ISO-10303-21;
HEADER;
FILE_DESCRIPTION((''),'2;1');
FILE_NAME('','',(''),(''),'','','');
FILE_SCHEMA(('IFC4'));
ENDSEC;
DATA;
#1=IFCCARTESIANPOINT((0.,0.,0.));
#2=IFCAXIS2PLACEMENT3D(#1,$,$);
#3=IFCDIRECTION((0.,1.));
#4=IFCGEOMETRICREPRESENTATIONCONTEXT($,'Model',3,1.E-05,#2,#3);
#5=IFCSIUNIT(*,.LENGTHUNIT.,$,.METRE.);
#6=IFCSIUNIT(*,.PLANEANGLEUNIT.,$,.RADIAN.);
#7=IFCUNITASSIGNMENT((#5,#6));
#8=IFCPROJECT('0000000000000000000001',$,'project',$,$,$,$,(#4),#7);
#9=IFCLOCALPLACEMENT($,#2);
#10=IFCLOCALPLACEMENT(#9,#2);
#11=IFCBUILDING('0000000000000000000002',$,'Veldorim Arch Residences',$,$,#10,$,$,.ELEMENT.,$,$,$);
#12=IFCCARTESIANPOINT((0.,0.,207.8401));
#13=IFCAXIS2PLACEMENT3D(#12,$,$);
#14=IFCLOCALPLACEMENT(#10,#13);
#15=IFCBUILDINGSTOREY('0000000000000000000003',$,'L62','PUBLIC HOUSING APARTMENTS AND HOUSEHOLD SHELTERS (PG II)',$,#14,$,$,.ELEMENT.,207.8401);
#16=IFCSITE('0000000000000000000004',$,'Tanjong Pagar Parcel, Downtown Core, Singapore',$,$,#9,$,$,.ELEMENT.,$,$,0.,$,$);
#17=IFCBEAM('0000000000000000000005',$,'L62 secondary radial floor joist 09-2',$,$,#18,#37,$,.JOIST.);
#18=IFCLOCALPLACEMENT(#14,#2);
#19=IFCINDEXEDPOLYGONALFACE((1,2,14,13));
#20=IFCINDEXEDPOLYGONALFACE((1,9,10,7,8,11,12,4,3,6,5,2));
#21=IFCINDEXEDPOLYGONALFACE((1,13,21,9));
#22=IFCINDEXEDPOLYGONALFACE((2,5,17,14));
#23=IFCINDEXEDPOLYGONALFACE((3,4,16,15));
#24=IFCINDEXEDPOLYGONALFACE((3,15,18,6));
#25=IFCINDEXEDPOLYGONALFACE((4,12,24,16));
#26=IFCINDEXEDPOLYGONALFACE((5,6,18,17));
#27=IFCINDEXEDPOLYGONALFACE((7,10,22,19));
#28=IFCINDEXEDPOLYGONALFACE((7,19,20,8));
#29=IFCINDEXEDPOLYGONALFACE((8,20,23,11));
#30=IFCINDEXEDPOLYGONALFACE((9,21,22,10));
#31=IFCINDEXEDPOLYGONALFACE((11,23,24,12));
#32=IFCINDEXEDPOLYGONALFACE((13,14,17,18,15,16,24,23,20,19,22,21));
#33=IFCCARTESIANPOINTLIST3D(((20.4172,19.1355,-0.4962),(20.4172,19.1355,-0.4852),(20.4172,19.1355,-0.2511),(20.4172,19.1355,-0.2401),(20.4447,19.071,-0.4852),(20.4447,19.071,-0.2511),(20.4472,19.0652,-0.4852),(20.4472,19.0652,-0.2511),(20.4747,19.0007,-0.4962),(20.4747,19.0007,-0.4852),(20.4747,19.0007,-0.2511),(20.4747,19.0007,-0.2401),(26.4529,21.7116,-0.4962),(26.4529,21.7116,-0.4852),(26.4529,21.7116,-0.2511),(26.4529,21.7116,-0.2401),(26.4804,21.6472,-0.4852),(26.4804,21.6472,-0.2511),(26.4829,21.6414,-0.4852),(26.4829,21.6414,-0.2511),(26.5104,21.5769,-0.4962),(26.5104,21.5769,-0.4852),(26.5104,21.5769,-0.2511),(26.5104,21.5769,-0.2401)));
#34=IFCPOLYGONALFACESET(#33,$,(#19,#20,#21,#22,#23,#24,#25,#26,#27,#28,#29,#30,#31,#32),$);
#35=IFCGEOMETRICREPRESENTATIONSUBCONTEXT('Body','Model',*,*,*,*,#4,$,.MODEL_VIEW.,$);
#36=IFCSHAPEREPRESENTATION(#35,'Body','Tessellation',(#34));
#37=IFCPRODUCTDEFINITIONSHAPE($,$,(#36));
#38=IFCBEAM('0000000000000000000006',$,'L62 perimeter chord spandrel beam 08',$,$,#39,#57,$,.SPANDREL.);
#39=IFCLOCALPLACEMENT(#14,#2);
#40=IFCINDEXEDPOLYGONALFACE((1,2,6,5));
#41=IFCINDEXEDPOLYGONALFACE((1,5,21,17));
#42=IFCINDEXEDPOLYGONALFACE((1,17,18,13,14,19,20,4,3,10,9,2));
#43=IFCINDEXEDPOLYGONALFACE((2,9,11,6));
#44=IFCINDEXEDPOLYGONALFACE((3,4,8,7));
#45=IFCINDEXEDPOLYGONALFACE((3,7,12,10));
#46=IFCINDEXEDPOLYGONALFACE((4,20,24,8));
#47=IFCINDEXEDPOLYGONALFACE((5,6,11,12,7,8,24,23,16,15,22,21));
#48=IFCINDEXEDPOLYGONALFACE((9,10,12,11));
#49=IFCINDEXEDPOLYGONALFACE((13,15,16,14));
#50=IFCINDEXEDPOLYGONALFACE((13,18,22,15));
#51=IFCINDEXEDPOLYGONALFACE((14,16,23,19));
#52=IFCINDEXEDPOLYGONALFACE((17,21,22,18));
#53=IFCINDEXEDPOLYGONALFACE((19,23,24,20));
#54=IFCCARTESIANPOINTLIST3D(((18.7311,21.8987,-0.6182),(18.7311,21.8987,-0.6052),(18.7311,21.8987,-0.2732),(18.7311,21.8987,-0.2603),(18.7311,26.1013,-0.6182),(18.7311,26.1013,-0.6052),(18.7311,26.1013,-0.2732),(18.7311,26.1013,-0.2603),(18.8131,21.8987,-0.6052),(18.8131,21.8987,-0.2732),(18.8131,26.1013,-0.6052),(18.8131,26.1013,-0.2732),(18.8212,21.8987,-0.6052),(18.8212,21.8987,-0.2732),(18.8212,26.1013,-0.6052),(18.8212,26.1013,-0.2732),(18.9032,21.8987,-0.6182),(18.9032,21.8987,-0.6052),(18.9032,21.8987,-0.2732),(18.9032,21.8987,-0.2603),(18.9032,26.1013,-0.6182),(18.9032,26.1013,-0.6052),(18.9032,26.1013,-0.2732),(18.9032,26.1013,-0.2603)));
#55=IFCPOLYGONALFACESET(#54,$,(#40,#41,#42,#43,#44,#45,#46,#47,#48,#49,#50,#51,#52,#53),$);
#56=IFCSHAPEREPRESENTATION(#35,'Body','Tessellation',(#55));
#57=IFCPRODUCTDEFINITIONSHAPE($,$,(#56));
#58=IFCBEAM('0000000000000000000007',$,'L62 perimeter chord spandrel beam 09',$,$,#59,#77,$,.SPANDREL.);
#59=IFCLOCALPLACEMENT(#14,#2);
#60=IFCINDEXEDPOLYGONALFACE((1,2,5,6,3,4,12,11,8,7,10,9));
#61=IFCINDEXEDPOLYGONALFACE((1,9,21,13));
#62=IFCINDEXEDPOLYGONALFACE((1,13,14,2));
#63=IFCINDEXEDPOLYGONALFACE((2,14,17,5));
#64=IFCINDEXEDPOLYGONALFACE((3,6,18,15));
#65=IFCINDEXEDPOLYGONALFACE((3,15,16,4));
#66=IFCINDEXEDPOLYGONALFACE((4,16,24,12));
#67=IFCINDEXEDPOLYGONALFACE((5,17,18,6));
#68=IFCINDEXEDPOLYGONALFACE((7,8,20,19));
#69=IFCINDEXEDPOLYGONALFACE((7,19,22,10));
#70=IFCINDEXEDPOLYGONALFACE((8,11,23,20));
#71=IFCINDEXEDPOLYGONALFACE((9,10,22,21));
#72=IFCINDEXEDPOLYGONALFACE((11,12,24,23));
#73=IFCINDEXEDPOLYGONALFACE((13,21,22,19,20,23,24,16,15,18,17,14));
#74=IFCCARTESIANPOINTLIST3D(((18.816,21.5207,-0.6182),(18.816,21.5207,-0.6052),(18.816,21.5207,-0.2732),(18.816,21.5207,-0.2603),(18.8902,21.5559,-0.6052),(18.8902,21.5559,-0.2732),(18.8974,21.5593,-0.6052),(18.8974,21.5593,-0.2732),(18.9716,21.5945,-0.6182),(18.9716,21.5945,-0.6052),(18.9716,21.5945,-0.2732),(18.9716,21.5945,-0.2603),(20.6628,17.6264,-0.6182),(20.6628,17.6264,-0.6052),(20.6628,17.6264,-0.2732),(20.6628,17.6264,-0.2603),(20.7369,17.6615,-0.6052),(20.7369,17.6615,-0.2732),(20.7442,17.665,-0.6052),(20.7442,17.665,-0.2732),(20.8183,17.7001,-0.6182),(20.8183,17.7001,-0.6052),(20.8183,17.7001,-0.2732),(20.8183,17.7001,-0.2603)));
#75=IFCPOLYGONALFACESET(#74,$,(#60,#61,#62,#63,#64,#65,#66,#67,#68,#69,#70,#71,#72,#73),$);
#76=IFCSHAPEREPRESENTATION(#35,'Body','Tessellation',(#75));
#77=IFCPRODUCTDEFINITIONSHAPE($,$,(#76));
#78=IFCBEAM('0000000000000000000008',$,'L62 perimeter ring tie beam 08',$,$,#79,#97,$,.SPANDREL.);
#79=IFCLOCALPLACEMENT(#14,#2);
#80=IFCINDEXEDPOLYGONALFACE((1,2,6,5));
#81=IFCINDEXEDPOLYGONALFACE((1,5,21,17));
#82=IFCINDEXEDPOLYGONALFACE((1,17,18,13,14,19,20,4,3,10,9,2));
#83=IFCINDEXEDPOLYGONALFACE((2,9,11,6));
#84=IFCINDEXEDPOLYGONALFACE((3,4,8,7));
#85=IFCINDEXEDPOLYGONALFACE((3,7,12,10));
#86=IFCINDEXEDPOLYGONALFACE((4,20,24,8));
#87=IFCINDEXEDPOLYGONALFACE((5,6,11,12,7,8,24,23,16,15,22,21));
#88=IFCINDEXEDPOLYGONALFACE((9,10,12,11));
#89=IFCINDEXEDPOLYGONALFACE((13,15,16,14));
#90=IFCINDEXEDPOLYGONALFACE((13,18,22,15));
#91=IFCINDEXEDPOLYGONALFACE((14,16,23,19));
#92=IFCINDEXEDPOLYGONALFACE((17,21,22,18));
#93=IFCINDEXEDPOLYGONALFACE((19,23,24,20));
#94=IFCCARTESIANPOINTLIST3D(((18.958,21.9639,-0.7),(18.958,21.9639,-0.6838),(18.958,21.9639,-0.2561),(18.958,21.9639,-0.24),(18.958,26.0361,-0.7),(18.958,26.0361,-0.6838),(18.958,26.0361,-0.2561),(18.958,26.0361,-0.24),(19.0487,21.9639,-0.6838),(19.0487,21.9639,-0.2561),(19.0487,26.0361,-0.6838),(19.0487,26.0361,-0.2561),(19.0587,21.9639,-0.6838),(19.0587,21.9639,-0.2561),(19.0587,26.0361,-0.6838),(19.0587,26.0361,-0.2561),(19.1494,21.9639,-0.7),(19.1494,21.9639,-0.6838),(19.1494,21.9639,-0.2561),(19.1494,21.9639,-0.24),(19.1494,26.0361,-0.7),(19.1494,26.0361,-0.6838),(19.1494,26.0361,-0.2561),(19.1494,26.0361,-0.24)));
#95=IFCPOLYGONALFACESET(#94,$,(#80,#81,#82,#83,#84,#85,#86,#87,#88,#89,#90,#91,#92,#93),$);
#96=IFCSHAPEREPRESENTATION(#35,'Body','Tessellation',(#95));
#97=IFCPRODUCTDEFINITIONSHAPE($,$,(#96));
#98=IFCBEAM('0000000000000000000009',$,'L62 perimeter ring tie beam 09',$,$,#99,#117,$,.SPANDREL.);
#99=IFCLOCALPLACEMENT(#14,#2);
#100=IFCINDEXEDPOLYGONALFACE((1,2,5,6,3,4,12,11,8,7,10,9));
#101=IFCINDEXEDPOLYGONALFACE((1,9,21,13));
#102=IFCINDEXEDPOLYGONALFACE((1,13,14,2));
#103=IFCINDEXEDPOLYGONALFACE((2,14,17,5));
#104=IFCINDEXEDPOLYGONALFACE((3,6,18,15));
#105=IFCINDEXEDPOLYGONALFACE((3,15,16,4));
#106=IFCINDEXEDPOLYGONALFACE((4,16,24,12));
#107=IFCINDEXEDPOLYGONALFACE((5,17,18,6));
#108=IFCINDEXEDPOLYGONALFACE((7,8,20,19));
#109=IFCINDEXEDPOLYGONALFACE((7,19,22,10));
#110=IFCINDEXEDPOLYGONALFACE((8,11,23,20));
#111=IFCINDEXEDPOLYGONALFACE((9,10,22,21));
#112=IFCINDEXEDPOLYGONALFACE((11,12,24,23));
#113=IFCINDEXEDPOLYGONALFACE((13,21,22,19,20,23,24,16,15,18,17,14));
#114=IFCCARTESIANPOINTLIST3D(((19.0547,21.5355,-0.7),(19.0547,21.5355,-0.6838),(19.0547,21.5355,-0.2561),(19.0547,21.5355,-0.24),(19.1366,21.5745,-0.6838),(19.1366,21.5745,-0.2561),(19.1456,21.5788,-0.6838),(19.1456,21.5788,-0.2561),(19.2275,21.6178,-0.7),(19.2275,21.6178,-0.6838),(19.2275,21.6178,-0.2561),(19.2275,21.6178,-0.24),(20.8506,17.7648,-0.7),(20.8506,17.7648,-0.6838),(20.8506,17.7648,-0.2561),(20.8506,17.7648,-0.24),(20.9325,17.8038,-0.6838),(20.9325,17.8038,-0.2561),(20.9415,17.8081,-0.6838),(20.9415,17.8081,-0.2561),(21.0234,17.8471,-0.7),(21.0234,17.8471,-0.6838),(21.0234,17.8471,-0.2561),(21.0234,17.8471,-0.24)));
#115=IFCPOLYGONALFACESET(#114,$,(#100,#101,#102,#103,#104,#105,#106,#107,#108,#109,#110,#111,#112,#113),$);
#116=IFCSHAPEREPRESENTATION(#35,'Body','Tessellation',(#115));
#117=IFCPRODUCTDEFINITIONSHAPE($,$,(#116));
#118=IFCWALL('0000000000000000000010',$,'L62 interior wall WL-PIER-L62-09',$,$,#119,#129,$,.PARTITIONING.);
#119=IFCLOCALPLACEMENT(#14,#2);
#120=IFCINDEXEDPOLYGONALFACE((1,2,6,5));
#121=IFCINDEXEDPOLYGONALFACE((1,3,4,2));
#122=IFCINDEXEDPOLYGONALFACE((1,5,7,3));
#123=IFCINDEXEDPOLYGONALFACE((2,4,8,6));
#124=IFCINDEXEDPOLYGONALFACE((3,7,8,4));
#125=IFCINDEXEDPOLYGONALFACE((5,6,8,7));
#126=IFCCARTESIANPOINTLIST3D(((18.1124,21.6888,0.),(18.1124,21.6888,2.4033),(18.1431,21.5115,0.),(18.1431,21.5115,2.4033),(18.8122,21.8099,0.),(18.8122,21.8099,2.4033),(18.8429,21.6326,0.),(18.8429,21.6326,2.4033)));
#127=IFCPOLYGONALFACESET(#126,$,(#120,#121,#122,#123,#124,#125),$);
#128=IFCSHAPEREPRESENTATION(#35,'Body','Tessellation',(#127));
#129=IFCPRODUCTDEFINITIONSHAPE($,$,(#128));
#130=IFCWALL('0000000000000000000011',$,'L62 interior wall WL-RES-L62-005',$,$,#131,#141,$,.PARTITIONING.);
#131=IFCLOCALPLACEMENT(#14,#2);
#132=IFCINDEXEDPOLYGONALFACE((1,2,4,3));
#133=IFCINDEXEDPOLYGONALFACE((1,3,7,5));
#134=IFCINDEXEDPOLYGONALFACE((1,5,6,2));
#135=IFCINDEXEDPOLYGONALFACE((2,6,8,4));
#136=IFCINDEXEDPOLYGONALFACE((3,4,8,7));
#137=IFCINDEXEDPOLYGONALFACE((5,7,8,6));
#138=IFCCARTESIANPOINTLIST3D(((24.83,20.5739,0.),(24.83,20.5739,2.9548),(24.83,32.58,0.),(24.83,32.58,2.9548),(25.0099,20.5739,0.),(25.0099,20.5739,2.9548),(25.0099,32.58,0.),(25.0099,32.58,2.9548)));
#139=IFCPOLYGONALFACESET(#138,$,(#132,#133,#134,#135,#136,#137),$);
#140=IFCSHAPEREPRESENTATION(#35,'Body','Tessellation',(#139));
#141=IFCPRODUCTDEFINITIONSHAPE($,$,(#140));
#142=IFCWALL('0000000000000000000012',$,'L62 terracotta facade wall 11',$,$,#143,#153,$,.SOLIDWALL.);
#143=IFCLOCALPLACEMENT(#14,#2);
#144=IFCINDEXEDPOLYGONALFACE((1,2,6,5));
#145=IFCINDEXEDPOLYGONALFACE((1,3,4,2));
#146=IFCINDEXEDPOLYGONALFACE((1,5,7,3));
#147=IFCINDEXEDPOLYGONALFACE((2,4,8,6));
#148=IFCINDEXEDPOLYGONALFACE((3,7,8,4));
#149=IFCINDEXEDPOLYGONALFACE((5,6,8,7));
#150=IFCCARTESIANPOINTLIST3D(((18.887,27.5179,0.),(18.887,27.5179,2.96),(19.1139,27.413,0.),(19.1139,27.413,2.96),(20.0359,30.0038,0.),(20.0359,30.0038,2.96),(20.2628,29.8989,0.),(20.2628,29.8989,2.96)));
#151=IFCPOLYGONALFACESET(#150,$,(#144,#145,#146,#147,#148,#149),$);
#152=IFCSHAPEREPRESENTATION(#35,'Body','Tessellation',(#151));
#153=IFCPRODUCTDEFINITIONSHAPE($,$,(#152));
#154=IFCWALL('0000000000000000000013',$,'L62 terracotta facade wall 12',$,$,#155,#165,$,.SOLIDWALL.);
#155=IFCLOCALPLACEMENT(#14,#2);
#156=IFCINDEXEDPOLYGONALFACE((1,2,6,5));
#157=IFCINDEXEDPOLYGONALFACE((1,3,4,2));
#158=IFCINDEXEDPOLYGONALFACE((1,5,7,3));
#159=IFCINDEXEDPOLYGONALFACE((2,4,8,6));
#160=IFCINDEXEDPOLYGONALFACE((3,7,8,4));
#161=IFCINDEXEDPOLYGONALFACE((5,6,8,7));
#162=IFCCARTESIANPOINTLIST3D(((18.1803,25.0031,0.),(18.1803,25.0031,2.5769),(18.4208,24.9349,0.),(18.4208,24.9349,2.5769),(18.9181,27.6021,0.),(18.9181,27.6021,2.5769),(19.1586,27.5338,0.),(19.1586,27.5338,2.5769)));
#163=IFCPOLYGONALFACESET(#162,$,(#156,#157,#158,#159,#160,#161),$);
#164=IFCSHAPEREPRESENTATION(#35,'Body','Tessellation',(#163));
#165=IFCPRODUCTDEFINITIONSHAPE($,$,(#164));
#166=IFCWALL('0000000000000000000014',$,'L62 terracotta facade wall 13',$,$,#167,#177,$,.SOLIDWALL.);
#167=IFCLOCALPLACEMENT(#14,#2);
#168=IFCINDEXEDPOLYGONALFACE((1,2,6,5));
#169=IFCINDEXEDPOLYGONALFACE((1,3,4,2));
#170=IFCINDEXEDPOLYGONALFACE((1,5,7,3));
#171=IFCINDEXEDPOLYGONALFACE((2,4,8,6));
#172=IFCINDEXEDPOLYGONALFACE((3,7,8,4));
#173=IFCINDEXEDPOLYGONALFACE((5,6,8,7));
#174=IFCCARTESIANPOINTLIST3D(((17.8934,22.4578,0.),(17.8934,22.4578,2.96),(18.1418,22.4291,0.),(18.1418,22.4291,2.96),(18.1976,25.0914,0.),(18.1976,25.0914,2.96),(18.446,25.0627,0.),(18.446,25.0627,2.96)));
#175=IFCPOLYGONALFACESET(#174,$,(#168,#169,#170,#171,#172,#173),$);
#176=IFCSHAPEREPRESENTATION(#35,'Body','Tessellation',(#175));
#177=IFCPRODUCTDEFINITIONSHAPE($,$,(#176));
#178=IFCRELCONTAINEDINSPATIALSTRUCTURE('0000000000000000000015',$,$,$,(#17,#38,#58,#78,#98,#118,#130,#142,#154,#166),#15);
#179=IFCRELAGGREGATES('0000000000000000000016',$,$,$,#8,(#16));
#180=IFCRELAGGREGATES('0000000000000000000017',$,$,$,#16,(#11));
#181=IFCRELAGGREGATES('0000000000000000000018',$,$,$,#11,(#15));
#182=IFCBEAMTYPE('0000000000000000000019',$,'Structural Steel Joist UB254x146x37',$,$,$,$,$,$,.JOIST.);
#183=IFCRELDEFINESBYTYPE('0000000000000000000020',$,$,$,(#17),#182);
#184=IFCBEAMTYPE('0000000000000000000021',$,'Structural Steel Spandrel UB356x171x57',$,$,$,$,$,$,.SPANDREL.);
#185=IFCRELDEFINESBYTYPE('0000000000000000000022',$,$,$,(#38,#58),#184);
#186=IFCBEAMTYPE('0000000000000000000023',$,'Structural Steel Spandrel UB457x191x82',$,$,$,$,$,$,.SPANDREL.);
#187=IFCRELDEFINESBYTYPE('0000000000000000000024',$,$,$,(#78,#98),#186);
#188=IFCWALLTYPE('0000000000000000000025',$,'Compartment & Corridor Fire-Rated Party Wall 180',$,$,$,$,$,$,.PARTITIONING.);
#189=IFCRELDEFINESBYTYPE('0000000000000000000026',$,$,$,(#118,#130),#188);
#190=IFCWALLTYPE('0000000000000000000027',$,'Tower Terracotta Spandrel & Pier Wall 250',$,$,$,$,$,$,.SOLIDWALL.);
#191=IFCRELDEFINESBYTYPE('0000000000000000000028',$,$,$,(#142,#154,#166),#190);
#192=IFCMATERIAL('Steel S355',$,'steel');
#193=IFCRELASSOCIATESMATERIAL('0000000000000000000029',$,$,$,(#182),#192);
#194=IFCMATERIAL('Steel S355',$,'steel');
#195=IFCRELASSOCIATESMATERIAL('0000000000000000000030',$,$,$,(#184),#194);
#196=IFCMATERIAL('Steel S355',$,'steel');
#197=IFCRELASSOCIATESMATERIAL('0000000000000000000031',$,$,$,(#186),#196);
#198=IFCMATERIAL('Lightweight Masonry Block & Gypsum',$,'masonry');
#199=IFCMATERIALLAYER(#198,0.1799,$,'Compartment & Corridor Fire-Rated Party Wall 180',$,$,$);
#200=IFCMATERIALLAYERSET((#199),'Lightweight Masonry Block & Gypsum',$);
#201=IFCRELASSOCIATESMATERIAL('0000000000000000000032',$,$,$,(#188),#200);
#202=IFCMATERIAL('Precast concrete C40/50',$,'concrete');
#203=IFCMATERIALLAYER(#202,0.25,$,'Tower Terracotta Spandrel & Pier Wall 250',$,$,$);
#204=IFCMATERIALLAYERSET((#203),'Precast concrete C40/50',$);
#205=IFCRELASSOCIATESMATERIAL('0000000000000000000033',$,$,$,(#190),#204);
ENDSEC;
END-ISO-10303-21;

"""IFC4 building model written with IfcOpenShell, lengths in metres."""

from ifc_helpers import new_model, si_unit, direction, frame, frame_2d, origin, origin_2d, place, context, subcontext, project, spatial, rectangle, i_section, extrude, material, layer, layer_set, material_profile, profile_set, type_object, element, save


model = new_model("IFC4")

# Units and contexts
model_context = context("Model", 3, precision=1e-05, world=origin(), true_north=direction((0.0, 1.0)))
body_context = subcontext(model_context, "Body", "Model", "MODEL_VIEW")
ifc_project = project(units=[si_unit("LENGTHUNIT", "METRE"), si_unit("PLANEANGLEUNIT", "RADIAN")], contexts=[model_context])

# Site, building, storey
site_placement = place(None, origin())
site = spatial("IfcSite", under=ifc_project, at=site_placement, Name="Tanjong Pagar Parcel, Downtown Core, Singapore", CompositionType="ELEMENT", RefElevation=0.0)
building_placement = place(site_placement, origin())
building = spatial("IfcBuilding", under=site, at=building_placement, Name="Veldorim Arch Residences", CompositionType="ELEMENT")
storey_placement = place(building_placement, frame((0.0, 0.0, 207.8401)))
storey = spatial("IfcBuildingStorey", under=building, at=storey_placement, Name="L62", Description="PUBLIC HOUSING APARTMENTS AND HOUSEHOLD SHELTERS (PG II)", CompositionType="ELEMENT", Elevation=207.8401)

# Beams
ifc_material_1 = material(Name="Steel S355", Category="steel")
ifc_material_profile_1 = material_profile(ifc_material_1, i_section(OverallWidth=0.1465, OverallDepth=0.2561, WebThickness=0.0063, FlangeThickness=0.011, at=origin_2d()), Name="UB254x146x37")
ifc_profile_set_1 = profile_set([ifc_material_profile_1], Name="Steel S355")
beam_type_1 = type_object("IfcBeamType", Name="Structural Steel Joist UB254x146x37", PredefinedType="JOIST", material=ifc_profile_set_1)
beam_1_placement = place(storey_placement, frame((26.4817, 21.6443, -0.3682), z_axis=(-0.919725, -0.392563, 0.0), x_axis=(0.392563, -0.919725, 0.0)))
element("IfcBeam", 1, at=beam_1_placement, inside=storey, type_object=beam_type_1, Name="L62 secondary radial floor joist 09-2", PredefinedType="JOIST", context=body_context, shape_type="SweptSolid", body=[
    extrude(i_section(OverallWidth=0.1465, OverallDepth=0.2561, WebThickness=0.0063, FlangeThickness=0.011, at=origin_2d()), origin(), (0.0, 0.0, 1.0), 6.5625),
])
ifc_material_2 = material(Name="Steel S355", Category="steel")
ifc_material_profile_2 = material_profile(ifc_material_2, i_section(OverallWidth=0.1721, OverallDepth=0.3579, WebThickness=0.0081, FlangeThickness=0.0129, at=origin_2d()), Name="UB356x171x57")
ifc_profile_set_2 = profile_set([ifc_material_profile_2], Name="Steel S355")
beam_type_2 = type_object("IfcBeamType", Name="Structural Steel Spandrel UB356x171x57", PredefinedType="SPANDREL", material=ifc_profile_set_2)
beam_2_placement = place(storey_placement, frame((18.8171, 26.1013, -0.4392), z_axis=(0.0, -1.0, 0.0), x_axis=(1.0, 0.0, 0.0)))
element("IfcBeam", 2, at=beam_2_placement, inside=storey, type_object=beam_type_2, Name="L62 perimeter chord spandrel beam 08", PredefinedType="SPANDREL", context=body_context, shape_type="SweptSolid", body=[
    extrude(i_section(OverallWidth=0.1721, OverallDepth=0.3579, WebThickness=0.0081, FlangeThickness=0.0129, at=origin_2d()), origin(), (0.0, 0.0, 1.0), 4.2026),
])
beam_3_placement = place(storey_placement, frame((18.8938, 21.5576, -0.4392), z_axis=(0.428469, -0.903557, 0.0), x_axis=(0.903557, 0.428469, 0.0)))
element("IfcBeam", 3, at=beam_3_placement, inside=storey, type_object=beam_type_2, Name="L62 perimeter chord spandrel beam 09", PredefinedType="SPANDREL", context=body_context, shape_type="SweptSolid", body=[
    extrude(i_section(OverallWidth=0.1721, OverallDepth=0.3579, WebThickness=0.0081, FlangeThickness=0.0129, at=origin_2d()), origin(), (0.0, 0.0, 1.0), 4.3101),
])
ifc_material_3 = material(Name="Steel S355", Category="steel")
ifc_material_profile_3 = material_profile(ifc_material_3, i_section(OverallWidth=0.1914, OverallDepth=0.46, WebThickness=0.01, FlangeThickness=0.0161, at=origin_2d()), Name="UB457x191x82")
ifc_profile_set_3 = profile_set([ifc_material_profile_3], Name="Steel S355")
beam_type_3 = type_object("IfcBeamType", Name="Structural Steel Spandrel UB457x191x82", PredefinedType="SPANDREL", material=ifc_profile_set_3)
beam_4_placement = place(storey_placement, frame((19.0537, 26.0361, -0.47), z_axis=(0.0, -1.0, 0.0), x_axis=(1.0, 0.0, 0.0)))
element("IfcBeam", 4, at=beam_4_placement, inside=storey, type_object=beam_type_3, Name="L62 perimeter ring tie beam 08", PredefinedType="SPANDREL", context=body_context, shape_type="SweptSolid", body=[
    extrude(i_section(OverallWidth=0.1914, OverallDepth=0.46, WebThickness=0.01, FlangeThickness=0.0161, at=origin_2d()), origin(), (0.0, 0.0, 1.0), 4.0723),
])
beam_5_placement = place(storey_placement, frame((19.1411, 21.5767, -0.47), z_axis=(0.429993, -0.902832, 0.0), x_axis=(0.902832, 0.429993, 0.0)))
element("IfcBeam", 5, at=beam_5_placement, inside=storey, type_object=beam_type_3, Name="L62 perimeter ring tie beam 09", PredefinedType="SPANDREL", context=body_context, shape_type="SweptSolid", body=[
    extrude(i_section(OverallWidth=0.1914, OverallDepth=0.46, WebThickness=0.01, FlangeThickness=0.0161, at=origin_2d()), origin(), (0.0, 0.0, 1.0), 4.1765),
])

# Walls
ifc_material_4 = material(Name="Lightweight Masonry Block & Gypsum", Category="masonry")
ifc_layer_1 = layer(ifc_material_4, 0.1799, Name="Compartment & Corridor Fire-Rated Party Wall 180")
ifc_layer_set_1 = layer_set([ifc_layer_1], Name="Lightweight Masonry Block & Gypsum")
wall_type_1 = type_object("IfcWallType", Name="Compartment & Corridor Fire-Rated Party Wall 180", PredefinedType="PARTITIONING", material=ifc_layer_set_1)
wall_1_placement = place(storey_placement, frame((18.8274, 21.7212, 0.0), z_axis=(0.0, 0.0, 1.0), x_axis=(-0.985353, -0.170529, 0.0)))
element("IfcWall", 6, at=wall_1_placement, inside=storey, type_object=wall_type_1, Name="L62 interior wall WL-PIER-L62-09", PredefinedType="PARTITIONING", context=body_context, shape_type="SweptSolid", body=[
    extrude(rectangle(XDim=0.7102, YDim=0.1799, at=frame_2d((0.355, 0.0))), origin(), (0.0, 0.0, 1.0), 2.4033),
])
wall_2_placement = place(storey_placement, frame((24.9199, 20.574, 0.0), z_axis=(0.0, 0.0, 1.0), x_axis=(0.0, 1.0, 0.0)))
element("IfcWall", 7, at=wall_2_placement, inside=storey, type_object=wall_type_1, Name="L62 interior wall WL-RES-L62-005", PredefinedType="PARTITIONING", context=body_context, shape_type="SweptSolid", body=[
    extrude(rectangle(XDim=12.0061, YDim=0.1799, at=frame_2d((6.0029, 0.0))), origin(), (0.0, 0.0, 1.0), 2.9548),
])
ifc_material_5 = material(Name="Precast concrete C40/50", Category="concrete")
ifc_layer_2 = layer(ifc_material_5, 0.25, Name="Tower Terracotta Spandrel & Pier Wall 250")
ifc_layer_set_2 = layer_set([ifc_layer_2], Name="Precast concrete C40/50")
wall_type_2 = type_object("IfcWallType", Name="Tower Terracotta Spandrel & Pier Wall 250", PredefinedType="SOLIDWALL", material=ifc_layer_set_2)
wall_3_placement = place(storey_placement, frame((19.0005, 27.4656, 0.0), z_axis=(0.0, 0.0, 1.0), x_axis=(0.419544, 0.907735, 0.0)))
element("IfcWall", 8, at=wall_3_placement, inside=storey, type_object=wall_type_2, Name="L62 terracotta facade wall 11", PredefinedType="SOLIDWALL", context=body_context, shape_type="SweptSolid", body=[
    extrude(rectangle(XDim=2.7385, YDim=0.25, at=frame_2d((1.3691, 0.0))), origin(), (0.0, 0.0, 1.0), 2.96),
])
wall_4_placement = place(storey_placement, frame((18.3005, 24.969, 0.0), z_axis=(0.0, 0.0, 1.0), x_axis=(0.273097, 0.961986, 0.0)))
element("IfcWall", 9, at=wall_4_placement, inside=storey, type_object=wall_type_2, Name="L62 terracotta facade wall 12", PredefinedType="SOLIDWALL", context=body_context, shape_type="SweptSolid", body=[
    extrude(rectangle(XDim=2.7017, YDim=0.25, at=frame_2d((1.3508, 0.0))), origin(), (0.0, 0.0, 1.0), 2.5769),
])
wall_5_placement = place(storey_placement, frame((18.0176, 22.4434, 0.0), z_axis=(0.0, 0.0, 1.0), x_axis=(0.114746, 0.993395, 0.0)))
element("IfcWall", 10, at=wall_5_placement, inside=storey, type_object=wall_type_2, Name="L62 terracotta facade wall 13", PredefinedType="SOLIDWALL", context=body_context, shape_type="SweptSolid", body=[
    extrude(rectangle(XDim=2.6511, YDim=0.25, at=frame_2d((1.3257, 0.0))), origin(), (0.0, 0.0, 1.0), 2.96),
])

save(model, "model.ifc")
